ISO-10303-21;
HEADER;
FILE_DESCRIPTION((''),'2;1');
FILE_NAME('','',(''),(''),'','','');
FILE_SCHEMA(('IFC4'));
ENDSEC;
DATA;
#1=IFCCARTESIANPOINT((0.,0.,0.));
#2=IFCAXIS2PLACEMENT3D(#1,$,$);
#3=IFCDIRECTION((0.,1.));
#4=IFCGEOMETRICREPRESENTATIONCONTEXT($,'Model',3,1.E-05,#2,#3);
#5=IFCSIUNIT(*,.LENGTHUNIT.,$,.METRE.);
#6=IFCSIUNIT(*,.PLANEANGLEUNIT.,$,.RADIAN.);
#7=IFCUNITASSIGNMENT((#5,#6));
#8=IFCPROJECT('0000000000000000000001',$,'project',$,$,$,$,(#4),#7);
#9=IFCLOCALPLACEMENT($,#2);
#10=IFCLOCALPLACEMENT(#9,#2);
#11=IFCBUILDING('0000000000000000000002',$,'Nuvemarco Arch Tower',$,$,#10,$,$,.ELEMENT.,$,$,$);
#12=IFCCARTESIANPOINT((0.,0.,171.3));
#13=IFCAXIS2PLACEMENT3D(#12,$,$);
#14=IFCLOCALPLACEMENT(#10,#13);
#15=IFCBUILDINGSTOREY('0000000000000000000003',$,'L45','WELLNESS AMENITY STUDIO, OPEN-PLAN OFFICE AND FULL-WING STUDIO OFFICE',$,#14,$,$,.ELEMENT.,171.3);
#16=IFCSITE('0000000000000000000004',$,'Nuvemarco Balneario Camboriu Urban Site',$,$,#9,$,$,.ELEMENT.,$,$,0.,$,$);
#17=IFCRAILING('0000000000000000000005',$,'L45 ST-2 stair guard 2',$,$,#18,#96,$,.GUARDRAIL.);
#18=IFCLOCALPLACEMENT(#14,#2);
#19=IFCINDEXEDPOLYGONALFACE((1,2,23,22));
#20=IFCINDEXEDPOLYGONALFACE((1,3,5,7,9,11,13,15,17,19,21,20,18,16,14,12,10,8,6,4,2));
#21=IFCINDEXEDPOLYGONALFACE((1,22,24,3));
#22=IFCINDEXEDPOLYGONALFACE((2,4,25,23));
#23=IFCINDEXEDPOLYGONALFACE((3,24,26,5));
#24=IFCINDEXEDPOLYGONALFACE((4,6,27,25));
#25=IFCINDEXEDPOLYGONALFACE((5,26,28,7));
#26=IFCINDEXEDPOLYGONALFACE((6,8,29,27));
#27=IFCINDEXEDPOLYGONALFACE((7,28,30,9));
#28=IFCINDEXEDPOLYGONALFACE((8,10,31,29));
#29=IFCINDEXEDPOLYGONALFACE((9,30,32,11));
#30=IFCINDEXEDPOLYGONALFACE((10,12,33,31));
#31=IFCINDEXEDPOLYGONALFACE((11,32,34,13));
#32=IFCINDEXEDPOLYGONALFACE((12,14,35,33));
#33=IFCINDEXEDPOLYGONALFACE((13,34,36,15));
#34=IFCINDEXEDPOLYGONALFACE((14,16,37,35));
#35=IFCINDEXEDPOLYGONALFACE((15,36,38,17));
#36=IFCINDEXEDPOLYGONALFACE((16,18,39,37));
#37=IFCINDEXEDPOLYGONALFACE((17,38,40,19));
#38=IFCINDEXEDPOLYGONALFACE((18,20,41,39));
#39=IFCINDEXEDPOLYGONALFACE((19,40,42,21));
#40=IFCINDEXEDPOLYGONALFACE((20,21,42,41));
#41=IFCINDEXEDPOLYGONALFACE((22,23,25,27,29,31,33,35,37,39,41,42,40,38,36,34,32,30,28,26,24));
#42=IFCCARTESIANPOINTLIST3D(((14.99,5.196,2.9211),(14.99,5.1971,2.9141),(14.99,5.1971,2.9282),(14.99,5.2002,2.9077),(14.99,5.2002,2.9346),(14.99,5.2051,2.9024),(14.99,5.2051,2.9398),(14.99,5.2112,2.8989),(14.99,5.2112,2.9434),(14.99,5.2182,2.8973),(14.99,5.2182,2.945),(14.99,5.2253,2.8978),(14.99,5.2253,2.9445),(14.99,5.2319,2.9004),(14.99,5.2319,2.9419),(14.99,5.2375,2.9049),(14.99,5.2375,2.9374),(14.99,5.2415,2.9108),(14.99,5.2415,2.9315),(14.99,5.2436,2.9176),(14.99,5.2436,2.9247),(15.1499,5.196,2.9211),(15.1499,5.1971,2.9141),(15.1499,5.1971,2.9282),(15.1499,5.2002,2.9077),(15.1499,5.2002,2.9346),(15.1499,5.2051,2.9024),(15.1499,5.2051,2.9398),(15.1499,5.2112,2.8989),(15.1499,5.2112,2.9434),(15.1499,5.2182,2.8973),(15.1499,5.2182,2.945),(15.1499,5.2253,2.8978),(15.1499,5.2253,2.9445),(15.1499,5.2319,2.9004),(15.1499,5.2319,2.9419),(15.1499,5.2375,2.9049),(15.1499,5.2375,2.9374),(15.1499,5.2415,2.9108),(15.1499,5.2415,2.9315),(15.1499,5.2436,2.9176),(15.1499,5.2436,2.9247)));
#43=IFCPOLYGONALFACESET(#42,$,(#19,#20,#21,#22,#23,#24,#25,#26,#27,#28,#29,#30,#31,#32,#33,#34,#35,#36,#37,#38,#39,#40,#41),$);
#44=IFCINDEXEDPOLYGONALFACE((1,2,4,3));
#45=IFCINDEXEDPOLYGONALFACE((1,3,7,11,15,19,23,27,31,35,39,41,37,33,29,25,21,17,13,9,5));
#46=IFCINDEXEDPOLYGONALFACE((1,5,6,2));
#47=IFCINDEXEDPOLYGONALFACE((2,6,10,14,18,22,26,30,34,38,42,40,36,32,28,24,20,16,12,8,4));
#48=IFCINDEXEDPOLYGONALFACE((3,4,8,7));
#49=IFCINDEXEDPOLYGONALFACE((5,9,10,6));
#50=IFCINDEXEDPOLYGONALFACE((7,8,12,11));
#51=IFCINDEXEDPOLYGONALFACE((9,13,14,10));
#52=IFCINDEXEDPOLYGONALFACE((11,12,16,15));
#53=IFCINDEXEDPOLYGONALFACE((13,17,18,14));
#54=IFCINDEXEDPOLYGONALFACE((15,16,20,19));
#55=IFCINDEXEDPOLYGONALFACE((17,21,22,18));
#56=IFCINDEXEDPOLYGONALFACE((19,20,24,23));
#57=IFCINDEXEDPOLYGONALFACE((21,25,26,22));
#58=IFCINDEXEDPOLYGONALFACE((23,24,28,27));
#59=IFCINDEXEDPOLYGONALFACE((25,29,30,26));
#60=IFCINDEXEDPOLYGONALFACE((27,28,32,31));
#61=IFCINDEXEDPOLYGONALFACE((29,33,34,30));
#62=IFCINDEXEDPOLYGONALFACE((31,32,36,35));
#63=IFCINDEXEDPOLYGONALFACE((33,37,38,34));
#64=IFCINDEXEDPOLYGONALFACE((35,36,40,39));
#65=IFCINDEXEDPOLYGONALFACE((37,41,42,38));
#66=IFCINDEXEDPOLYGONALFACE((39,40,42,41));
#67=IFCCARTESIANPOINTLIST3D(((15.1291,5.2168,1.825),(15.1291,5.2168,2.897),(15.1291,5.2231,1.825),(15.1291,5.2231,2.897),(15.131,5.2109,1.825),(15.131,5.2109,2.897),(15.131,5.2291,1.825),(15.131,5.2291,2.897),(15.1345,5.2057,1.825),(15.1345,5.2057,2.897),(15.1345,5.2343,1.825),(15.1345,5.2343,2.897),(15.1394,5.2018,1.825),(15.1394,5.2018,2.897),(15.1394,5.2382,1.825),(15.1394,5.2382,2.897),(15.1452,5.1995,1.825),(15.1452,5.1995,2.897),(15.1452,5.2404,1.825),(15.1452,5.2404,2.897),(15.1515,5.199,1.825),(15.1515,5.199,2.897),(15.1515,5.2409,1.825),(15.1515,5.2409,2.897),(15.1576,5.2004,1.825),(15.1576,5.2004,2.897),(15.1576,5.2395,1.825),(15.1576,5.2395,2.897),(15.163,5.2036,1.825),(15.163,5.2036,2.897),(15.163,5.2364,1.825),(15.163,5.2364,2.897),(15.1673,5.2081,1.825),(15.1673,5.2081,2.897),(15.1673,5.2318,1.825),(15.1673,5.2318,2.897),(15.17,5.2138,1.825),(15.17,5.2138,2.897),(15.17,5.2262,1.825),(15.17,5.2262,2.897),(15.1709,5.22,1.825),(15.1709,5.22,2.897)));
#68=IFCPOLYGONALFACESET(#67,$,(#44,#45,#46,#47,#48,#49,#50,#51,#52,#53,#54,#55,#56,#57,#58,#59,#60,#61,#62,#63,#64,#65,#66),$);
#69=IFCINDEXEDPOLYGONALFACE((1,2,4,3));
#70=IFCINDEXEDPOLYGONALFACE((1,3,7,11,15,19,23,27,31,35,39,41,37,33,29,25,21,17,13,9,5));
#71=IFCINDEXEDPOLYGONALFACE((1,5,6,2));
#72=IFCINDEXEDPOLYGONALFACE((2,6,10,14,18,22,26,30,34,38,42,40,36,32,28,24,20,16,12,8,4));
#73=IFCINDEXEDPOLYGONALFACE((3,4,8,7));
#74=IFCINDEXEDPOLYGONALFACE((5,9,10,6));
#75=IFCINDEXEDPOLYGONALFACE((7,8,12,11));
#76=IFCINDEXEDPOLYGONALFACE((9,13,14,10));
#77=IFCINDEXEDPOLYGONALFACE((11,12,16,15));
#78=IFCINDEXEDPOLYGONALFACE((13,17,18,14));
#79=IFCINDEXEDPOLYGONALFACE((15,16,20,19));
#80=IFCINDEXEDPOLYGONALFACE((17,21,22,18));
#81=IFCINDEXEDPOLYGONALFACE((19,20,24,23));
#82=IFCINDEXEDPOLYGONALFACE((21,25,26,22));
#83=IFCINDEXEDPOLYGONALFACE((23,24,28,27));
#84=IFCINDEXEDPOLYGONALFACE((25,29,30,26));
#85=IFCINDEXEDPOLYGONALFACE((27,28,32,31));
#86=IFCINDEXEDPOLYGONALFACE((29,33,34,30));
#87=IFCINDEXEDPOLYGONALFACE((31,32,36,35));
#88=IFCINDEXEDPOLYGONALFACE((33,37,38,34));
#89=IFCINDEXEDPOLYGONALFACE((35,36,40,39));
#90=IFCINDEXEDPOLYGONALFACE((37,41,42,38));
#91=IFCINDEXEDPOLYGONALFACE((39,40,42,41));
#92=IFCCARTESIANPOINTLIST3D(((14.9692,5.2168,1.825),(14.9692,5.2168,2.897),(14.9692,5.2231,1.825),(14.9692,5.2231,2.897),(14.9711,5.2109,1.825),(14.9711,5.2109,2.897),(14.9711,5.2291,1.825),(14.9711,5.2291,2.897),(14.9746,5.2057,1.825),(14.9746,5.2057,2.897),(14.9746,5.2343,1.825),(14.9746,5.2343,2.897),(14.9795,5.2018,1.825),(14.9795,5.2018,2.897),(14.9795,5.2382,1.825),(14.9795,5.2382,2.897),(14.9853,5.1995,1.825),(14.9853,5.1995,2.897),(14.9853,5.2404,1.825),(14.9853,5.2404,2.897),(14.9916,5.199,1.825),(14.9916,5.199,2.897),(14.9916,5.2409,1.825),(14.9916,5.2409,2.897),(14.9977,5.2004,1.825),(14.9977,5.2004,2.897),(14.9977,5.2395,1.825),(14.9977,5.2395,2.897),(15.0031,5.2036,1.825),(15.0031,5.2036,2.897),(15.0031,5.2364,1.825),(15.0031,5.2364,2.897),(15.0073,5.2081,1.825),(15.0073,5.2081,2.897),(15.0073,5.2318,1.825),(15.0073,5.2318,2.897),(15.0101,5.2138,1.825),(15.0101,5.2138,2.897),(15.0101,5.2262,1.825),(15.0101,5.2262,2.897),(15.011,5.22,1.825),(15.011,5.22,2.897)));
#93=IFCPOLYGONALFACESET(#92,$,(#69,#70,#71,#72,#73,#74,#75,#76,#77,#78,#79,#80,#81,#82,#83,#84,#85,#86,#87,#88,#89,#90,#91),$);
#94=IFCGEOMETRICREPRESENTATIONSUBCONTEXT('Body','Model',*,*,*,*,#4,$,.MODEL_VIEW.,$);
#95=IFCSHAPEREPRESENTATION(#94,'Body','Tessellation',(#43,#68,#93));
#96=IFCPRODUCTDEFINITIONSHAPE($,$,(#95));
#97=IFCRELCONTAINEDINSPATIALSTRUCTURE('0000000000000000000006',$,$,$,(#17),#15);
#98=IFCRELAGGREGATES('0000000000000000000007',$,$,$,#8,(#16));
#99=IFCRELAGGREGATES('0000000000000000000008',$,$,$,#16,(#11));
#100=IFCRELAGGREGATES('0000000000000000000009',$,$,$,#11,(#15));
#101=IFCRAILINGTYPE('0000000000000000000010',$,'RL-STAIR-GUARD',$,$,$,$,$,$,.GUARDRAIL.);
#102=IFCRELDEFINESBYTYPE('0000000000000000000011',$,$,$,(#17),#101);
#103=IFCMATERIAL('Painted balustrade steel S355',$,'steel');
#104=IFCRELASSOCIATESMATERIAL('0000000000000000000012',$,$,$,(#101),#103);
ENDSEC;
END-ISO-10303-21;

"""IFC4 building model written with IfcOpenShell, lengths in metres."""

from ifc_helpers import new_model, si_unit, direction, frame, origin, origin_2d, place, context, subcontext, project, spatial, circle, extrude, material, type_object, element, save


model = new_model("IFC4")

# Units and contexts
model_context = context("Model", 3, precision=1e-05, world=origin(), true_north=direction((0.0, 1.0)))
body_context = subcontext(model_context, "Body", "Model", "MODEL_VIEW")
ifc_project = project(units=[si_unit("LENGTHUNIT", "METRE"), si_unit("PLANEANGLEUNIT", "RADIAN")], contexts=[model_context])

# Site, building, storey
site_placement = place(None, origin())
site = spatial("IfcSite", under=ifc_project, at=site_placement, Name="Nuvemarco Balneario Camboriu Urban Site", CompositionType="ELEMENT", RefElevation=0.0)
building_placement = place(site_placement, origin())
building = spatial("IfcBuilding", under=site, at=building_placement, Name="Nuvemarco Arch Tower", CompositionType="ELEMENT")
storey_placement = place(building_placement, frame((0.0, 0.0, 171.3)))
storey = spatial("IfcBuildingStorey", under=building, at=storey_placement, Name="L45", Description="WELLNESS AMENITY STUDIO, OPEN-PLAN OFFICE AND FULL-WING STUDIO OFFICE", CompositionType="ELEMENT", Elevation=171.3)

# Railing
ifc_material_1 = material(Name="Painted balustrade steel S355", Category="steel")
railing_type_1 = type_object("IfcRailingType", Name="RL-STAIR-GUARD", PredefinedType="GUARDRAIL", material=ifc_material_1)
railing_1_placement = place(storey_placement, frame((15.1499, 5.22, 1.825)))
element("IfcRailing", 1, at=railing_1_placement, inside=storey, type_object=railing_type_1, Name="L45 ST-2 stair guard 2", PredefinedType="GUARDRAIL", context=body_context, shape_type="SweptSolid", body=[
    extrude(circle(Radius=0.0239, at=origin_2d()), frame((0.0, 0.0, 1.0962), z_axis=(-1.0, 0.0, 0.0), x_axis=(0.0, -1.0, 0.0)), (0.0, 0.0, 1.0), 0.1599),
    extrude(circle(Radius=0.021, at=origin_2d()), origin(), (0.0, 0.0, 1.0), 1.072),
    extrude(circle(Radius=0.021, at=origin_2d()), frame((-0.1599, 0.0, 0.0)), (0.0, 0.0, 1.0), 1.072),
])

save(model, "model.ifc")
